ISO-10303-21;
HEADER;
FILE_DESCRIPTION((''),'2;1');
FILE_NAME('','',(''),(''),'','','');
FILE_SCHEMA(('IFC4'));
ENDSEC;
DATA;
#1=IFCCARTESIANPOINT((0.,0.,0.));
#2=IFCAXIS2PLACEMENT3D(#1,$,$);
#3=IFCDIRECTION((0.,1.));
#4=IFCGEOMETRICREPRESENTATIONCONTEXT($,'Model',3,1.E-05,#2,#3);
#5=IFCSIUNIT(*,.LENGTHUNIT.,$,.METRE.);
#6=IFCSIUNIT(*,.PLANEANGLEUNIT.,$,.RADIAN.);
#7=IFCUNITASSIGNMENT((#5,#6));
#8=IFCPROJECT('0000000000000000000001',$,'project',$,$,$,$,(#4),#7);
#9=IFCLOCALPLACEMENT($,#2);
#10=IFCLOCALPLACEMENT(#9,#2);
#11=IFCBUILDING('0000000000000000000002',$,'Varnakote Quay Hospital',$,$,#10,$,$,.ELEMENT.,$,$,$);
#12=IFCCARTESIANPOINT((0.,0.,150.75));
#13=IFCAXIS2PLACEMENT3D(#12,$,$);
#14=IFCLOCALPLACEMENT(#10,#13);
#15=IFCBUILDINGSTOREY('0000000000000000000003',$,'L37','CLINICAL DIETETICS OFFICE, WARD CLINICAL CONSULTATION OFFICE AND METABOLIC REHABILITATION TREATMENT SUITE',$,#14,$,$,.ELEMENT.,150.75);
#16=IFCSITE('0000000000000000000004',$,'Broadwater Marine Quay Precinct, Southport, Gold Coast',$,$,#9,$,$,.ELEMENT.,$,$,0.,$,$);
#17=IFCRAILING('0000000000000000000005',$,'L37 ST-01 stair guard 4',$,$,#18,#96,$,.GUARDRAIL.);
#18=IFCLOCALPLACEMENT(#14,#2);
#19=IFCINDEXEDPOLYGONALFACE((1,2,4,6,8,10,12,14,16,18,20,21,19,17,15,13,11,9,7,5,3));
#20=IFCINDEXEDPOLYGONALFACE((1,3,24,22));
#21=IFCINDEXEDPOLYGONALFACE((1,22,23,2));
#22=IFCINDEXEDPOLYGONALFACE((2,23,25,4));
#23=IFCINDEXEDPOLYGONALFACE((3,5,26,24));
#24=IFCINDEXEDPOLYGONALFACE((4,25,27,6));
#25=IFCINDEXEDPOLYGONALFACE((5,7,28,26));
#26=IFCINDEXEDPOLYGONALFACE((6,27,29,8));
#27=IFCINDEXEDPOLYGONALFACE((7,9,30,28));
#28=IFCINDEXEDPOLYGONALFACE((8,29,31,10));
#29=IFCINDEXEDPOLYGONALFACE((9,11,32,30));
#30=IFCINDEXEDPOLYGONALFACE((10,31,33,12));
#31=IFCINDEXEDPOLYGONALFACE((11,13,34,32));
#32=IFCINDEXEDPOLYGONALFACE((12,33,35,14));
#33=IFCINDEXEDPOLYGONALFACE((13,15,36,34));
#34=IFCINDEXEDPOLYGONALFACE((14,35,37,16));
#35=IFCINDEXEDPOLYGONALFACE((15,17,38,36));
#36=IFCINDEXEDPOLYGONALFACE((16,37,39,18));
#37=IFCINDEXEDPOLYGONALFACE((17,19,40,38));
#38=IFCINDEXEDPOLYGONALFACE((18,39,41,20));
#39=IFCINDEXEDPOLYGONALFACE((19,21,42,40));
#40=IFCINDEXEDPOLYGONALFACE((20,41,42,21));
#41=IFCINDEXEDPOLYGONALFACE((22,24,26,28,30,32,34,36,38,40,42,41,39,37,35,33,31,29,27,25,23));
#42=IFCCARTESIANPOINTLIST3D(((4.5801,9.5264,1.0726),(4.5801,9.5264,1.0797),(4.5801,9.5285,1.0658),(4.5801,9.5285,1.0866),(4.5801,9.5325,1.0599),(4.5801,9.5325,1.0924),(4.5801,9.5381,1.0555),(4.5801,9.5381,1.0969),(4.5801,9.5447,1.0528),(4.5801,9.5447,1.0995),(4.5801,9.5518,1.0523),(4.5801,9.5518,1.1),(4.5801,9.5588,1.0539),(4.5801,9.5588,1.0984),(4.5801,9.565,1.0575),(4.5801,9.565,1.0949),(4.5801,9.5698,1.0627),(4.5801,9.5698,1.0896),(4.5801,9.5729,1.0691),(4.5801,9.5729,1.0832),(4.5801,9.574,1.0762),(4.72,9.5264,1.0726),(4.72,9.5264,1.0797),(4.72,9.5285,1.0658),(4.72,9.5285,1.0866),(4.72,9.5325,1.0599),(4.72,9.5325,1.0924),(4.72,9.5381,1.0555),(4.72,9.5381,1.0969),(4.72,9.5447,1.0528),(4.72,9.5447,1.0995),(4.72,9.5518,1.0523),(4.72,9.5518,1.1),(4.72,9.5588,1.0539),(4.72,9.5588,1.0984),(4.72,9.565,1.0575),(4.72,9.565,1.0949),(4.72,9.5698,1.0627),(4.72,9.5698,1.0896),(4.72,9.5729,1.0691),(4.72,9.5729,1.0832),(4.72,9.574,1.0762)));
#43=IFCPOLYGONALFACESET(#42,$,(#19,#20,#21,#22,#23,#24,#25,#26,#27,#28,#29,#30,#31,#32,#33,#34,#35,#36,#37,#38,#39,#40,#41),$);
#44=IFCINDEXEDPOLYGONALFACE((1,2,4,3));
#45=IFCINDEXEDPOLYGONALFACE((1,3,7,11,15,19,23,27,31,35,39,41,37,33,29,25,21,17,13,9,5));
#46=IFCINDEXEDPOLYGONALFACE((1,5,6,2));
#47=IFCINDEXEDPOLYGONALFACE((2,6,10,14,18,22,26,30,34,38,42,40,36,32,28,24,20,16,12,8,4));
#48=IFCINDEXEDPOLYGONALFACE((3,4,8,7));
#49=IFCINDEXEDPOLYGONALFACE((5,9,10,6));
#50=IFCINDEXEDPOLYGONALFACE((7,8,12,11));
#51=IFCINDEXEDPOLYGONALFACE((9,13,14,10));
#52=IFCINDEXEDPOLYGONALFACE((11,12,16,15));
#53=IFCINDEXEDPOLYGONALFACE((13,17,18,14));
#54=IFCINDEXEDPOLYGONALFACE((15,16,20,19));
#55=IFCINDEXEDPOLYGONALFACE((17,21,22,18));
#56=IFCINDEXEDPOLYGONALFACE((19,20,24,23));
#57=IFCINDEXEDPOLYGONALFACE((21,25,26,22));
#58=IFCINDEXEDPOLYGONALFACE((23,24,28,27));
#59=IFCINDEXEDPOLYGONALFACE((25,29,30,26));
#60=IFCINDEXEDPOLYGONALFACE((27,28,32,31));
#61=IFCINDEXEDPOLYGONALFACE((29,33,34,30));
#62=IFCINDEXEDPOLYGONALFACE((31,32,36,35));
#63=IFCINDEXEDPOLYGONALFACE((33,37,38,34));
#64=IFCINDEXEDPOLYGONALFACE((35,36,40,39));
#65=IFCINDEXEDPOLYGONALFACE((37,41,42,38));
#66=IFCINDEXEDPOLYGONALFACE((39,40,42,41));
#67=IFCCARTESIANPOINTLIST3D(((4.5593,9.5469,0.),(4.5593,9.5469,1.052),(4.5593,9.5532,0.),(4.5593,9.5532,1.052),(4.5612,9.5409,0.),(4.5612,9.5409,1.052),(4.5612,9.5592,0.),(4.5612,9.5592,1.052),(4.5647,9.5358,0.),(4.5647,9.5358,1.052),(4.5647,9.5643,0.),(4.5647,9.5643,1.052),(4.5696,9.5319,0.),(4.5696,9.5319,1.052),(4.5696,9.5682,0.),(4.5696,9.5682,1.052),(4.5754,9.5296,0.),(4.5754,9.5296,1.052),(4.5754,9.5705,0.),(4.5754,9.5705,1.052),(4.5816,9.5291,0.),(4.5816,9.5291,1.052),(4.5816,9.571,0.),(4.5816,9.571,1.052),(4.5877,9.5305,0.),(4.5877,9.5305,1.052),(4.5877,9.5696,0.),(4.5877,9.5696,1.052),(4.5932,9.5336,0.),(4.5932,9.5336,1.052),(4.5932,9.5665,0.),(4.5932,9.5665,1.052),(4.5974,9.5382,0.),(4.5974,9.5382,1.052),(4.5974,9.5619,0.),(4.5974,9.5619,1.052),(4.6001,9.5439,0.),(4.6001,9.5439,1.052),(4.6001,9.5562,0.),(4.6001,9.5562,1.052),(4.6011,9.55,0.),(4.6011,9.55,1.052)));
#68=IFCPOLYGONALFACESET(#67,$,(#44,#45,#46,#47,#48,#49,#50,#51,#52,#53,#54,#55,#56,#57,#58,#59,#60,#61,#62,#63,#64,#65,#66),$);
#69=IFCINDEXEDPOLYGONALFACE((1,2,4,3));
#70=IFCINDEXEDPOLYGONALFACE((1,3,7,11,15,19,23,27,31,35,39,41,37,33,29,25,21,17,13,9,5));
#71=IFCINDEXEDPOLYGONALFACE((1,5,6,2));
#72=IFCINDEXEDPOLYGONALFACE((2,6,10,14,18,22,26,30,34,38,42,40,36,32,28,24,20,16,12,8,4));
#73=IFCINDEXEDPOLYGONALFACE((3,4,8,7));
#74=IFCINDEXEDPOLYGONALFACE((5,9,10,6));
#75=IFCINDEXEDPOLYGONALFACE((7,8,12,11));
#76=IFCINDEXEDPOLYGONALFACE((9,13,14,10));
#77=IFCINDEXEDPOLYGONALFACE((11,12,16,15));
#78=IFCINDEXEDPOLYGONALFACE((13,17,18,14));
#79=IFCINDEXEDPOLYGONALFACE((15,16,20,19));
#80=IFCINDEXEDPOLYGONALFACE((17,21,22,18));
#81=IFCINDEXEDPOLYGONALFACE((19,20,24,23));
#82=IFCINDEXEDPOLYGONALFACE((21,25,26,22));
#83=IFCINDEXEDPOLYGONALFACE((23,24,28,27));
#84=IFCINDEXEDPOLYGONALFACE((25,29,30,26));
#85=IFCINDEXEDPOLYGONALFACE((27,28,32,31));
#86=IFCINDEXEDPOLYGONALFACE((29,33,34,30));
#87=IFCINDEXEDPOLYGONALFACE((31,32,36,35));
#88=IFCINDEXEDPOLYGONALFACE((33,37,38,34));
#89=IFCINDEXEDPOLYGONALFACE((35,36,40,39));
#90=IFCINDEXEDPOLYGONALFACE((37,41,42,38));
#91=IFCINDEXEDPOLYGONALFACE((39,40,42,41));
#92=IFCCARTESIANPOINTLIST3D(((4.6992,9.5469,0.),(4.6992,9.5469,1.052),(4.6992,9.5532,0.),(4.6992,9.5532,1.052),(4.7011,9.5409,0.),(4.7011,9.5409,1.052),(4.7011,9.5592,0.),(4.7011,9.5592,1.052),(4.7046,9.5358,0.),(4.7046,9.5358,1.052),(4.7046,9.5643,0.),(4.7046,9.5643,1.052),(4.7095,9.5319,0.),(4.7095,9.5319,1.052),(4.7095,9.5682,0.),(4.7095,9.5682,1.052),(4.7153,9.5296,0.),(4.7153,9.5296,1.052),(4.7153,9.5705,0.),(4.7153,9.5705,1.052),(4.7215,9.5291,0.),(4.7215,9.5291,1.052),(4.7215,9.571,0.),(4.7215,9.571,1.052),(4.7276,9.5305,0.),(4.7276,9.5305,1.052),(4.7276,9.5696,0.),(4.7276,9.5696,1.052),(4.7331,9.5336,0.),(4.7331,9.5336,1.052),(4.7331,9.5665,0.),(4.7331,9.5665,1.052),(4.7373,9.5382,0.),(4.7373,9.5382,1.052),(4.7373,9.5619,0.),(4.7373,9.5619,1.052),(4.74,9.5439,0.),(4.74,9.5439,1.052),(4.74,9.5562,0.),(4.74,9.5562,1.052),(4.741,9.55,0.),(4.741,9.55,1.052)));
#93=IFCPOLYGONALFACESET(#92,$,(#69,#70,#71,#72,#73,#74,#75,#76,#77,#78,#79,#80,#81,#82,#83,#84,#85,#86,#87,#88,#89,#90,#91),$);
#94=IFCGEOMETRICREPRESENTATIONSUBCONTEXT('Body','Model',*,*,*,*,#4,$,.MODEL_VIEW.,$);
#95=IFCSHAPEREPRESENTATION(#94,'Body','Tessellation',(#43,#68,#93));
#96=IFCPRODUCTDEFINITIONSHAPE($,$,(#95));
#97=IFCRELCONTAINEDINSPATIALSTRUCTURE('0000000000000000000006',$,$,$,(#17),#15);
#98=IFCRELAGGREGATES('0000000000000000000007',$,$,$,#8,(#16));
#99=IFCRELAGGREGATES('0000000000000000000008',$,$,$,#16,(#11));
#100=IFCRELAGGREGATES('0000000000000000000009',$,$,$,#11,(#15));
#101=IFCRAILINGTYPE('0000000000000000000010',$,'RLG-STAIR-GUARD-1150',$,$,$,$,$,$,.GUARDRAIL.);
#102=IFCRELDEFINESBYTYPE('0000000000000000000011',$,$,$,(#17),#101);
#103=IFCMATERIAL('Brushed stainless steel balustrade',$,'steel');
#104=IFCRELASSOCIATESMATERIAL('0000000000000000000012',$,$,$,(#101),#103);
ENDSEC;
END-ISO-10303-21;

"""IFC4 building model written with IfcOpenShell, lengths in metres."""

from ifc_helpers import new_model, si_unit, direction, frame, origin, origin_2d, place, context, subcontext, project, spatial, circle, extrude, material, type_object, element, save


model = new_model("IFC4")

# Units and contexts
model_context = context("Model", 3, precision=1e-05, world=origin(), true_north=direction((0.0, 1.0)))
body_context = subcontext(model_context, "Body", "Model", "MODEL_VIEW")
ifc_project = project(units=[si_unit("LENGTHUNIT", "METRE"), si_unit("PLANEANGLEUNIT", "RADIAN")], contexts=[model_context])

# Site, building, storey
site_placement = place(None, origin())
site = spatial("IfcSite", under=ifc_project, at=site_placement, Name="Broadwater Marine Quay Precinct, Southport, Gold Coast", CompositionType="ELEMENT", RefElevation=0.0)
building_placement = place(site_placement, origin())
building = spatial("IfcBuilding", under=site, at=building_placement, Name="Varnakote Quay Hospital", CompositionType="ELEMENT")
storey_placement = place(building_placement, frame((0.0, 0.0, 150.75)))
storey = spatial("IfcBuildingStorey", under=building, at=storey_placement, Name="L37", Description="CLINICAL DIETETICS OFFICE, WARD CLINICAL CONSULTATION OFFICE AND METABOLIC REHABILITATION TREATMENT SUITE", CompositionType="ELEMENT", Elevation=150.75)

# Railing
ifc_material_1 = material(Name="Brushed stainless steel balustrade", Category="steel")
railing_type_1 = type_object("IfcRailingType", Name="RLG-STAIR-GUARD-1150", PredefinedType="GUARDRAIL", material=ifc_material_1)
railing_1_placement = place(storey_placement, frame((4.5801, 9.55, 0.0)))
element("IfcRailing", 1, at=railing_1_placement, inside=storey, type_object=railing_type_1, Name="L37 ST-01 stair guard 4", PredefinedType="GUARDRAIL", context=body_context, shape_type="SweptSolid", body=[
    extrude(circle(Radius=0.0239, at=origin_2d()), frame((0.0, 0.0, 1.0762), z_axis=(1.0, 0.0, 0.0), x_axis=(0.0, 1.0, 0.0)), (0.0, 0.0, 1.0), 0.1399),
    extrude(circle(Radius=0.021, at=origin_2d()), origin(), (0.0, 0.0, 1.0), 1.052),
    extrude(circle(Radius=0.021, at=origin_2d()), frame((0.1399, 0.0, 0.0)), (0.0, 0.0, 1.0), 1.052),
])

save(model, "model.ifc")
